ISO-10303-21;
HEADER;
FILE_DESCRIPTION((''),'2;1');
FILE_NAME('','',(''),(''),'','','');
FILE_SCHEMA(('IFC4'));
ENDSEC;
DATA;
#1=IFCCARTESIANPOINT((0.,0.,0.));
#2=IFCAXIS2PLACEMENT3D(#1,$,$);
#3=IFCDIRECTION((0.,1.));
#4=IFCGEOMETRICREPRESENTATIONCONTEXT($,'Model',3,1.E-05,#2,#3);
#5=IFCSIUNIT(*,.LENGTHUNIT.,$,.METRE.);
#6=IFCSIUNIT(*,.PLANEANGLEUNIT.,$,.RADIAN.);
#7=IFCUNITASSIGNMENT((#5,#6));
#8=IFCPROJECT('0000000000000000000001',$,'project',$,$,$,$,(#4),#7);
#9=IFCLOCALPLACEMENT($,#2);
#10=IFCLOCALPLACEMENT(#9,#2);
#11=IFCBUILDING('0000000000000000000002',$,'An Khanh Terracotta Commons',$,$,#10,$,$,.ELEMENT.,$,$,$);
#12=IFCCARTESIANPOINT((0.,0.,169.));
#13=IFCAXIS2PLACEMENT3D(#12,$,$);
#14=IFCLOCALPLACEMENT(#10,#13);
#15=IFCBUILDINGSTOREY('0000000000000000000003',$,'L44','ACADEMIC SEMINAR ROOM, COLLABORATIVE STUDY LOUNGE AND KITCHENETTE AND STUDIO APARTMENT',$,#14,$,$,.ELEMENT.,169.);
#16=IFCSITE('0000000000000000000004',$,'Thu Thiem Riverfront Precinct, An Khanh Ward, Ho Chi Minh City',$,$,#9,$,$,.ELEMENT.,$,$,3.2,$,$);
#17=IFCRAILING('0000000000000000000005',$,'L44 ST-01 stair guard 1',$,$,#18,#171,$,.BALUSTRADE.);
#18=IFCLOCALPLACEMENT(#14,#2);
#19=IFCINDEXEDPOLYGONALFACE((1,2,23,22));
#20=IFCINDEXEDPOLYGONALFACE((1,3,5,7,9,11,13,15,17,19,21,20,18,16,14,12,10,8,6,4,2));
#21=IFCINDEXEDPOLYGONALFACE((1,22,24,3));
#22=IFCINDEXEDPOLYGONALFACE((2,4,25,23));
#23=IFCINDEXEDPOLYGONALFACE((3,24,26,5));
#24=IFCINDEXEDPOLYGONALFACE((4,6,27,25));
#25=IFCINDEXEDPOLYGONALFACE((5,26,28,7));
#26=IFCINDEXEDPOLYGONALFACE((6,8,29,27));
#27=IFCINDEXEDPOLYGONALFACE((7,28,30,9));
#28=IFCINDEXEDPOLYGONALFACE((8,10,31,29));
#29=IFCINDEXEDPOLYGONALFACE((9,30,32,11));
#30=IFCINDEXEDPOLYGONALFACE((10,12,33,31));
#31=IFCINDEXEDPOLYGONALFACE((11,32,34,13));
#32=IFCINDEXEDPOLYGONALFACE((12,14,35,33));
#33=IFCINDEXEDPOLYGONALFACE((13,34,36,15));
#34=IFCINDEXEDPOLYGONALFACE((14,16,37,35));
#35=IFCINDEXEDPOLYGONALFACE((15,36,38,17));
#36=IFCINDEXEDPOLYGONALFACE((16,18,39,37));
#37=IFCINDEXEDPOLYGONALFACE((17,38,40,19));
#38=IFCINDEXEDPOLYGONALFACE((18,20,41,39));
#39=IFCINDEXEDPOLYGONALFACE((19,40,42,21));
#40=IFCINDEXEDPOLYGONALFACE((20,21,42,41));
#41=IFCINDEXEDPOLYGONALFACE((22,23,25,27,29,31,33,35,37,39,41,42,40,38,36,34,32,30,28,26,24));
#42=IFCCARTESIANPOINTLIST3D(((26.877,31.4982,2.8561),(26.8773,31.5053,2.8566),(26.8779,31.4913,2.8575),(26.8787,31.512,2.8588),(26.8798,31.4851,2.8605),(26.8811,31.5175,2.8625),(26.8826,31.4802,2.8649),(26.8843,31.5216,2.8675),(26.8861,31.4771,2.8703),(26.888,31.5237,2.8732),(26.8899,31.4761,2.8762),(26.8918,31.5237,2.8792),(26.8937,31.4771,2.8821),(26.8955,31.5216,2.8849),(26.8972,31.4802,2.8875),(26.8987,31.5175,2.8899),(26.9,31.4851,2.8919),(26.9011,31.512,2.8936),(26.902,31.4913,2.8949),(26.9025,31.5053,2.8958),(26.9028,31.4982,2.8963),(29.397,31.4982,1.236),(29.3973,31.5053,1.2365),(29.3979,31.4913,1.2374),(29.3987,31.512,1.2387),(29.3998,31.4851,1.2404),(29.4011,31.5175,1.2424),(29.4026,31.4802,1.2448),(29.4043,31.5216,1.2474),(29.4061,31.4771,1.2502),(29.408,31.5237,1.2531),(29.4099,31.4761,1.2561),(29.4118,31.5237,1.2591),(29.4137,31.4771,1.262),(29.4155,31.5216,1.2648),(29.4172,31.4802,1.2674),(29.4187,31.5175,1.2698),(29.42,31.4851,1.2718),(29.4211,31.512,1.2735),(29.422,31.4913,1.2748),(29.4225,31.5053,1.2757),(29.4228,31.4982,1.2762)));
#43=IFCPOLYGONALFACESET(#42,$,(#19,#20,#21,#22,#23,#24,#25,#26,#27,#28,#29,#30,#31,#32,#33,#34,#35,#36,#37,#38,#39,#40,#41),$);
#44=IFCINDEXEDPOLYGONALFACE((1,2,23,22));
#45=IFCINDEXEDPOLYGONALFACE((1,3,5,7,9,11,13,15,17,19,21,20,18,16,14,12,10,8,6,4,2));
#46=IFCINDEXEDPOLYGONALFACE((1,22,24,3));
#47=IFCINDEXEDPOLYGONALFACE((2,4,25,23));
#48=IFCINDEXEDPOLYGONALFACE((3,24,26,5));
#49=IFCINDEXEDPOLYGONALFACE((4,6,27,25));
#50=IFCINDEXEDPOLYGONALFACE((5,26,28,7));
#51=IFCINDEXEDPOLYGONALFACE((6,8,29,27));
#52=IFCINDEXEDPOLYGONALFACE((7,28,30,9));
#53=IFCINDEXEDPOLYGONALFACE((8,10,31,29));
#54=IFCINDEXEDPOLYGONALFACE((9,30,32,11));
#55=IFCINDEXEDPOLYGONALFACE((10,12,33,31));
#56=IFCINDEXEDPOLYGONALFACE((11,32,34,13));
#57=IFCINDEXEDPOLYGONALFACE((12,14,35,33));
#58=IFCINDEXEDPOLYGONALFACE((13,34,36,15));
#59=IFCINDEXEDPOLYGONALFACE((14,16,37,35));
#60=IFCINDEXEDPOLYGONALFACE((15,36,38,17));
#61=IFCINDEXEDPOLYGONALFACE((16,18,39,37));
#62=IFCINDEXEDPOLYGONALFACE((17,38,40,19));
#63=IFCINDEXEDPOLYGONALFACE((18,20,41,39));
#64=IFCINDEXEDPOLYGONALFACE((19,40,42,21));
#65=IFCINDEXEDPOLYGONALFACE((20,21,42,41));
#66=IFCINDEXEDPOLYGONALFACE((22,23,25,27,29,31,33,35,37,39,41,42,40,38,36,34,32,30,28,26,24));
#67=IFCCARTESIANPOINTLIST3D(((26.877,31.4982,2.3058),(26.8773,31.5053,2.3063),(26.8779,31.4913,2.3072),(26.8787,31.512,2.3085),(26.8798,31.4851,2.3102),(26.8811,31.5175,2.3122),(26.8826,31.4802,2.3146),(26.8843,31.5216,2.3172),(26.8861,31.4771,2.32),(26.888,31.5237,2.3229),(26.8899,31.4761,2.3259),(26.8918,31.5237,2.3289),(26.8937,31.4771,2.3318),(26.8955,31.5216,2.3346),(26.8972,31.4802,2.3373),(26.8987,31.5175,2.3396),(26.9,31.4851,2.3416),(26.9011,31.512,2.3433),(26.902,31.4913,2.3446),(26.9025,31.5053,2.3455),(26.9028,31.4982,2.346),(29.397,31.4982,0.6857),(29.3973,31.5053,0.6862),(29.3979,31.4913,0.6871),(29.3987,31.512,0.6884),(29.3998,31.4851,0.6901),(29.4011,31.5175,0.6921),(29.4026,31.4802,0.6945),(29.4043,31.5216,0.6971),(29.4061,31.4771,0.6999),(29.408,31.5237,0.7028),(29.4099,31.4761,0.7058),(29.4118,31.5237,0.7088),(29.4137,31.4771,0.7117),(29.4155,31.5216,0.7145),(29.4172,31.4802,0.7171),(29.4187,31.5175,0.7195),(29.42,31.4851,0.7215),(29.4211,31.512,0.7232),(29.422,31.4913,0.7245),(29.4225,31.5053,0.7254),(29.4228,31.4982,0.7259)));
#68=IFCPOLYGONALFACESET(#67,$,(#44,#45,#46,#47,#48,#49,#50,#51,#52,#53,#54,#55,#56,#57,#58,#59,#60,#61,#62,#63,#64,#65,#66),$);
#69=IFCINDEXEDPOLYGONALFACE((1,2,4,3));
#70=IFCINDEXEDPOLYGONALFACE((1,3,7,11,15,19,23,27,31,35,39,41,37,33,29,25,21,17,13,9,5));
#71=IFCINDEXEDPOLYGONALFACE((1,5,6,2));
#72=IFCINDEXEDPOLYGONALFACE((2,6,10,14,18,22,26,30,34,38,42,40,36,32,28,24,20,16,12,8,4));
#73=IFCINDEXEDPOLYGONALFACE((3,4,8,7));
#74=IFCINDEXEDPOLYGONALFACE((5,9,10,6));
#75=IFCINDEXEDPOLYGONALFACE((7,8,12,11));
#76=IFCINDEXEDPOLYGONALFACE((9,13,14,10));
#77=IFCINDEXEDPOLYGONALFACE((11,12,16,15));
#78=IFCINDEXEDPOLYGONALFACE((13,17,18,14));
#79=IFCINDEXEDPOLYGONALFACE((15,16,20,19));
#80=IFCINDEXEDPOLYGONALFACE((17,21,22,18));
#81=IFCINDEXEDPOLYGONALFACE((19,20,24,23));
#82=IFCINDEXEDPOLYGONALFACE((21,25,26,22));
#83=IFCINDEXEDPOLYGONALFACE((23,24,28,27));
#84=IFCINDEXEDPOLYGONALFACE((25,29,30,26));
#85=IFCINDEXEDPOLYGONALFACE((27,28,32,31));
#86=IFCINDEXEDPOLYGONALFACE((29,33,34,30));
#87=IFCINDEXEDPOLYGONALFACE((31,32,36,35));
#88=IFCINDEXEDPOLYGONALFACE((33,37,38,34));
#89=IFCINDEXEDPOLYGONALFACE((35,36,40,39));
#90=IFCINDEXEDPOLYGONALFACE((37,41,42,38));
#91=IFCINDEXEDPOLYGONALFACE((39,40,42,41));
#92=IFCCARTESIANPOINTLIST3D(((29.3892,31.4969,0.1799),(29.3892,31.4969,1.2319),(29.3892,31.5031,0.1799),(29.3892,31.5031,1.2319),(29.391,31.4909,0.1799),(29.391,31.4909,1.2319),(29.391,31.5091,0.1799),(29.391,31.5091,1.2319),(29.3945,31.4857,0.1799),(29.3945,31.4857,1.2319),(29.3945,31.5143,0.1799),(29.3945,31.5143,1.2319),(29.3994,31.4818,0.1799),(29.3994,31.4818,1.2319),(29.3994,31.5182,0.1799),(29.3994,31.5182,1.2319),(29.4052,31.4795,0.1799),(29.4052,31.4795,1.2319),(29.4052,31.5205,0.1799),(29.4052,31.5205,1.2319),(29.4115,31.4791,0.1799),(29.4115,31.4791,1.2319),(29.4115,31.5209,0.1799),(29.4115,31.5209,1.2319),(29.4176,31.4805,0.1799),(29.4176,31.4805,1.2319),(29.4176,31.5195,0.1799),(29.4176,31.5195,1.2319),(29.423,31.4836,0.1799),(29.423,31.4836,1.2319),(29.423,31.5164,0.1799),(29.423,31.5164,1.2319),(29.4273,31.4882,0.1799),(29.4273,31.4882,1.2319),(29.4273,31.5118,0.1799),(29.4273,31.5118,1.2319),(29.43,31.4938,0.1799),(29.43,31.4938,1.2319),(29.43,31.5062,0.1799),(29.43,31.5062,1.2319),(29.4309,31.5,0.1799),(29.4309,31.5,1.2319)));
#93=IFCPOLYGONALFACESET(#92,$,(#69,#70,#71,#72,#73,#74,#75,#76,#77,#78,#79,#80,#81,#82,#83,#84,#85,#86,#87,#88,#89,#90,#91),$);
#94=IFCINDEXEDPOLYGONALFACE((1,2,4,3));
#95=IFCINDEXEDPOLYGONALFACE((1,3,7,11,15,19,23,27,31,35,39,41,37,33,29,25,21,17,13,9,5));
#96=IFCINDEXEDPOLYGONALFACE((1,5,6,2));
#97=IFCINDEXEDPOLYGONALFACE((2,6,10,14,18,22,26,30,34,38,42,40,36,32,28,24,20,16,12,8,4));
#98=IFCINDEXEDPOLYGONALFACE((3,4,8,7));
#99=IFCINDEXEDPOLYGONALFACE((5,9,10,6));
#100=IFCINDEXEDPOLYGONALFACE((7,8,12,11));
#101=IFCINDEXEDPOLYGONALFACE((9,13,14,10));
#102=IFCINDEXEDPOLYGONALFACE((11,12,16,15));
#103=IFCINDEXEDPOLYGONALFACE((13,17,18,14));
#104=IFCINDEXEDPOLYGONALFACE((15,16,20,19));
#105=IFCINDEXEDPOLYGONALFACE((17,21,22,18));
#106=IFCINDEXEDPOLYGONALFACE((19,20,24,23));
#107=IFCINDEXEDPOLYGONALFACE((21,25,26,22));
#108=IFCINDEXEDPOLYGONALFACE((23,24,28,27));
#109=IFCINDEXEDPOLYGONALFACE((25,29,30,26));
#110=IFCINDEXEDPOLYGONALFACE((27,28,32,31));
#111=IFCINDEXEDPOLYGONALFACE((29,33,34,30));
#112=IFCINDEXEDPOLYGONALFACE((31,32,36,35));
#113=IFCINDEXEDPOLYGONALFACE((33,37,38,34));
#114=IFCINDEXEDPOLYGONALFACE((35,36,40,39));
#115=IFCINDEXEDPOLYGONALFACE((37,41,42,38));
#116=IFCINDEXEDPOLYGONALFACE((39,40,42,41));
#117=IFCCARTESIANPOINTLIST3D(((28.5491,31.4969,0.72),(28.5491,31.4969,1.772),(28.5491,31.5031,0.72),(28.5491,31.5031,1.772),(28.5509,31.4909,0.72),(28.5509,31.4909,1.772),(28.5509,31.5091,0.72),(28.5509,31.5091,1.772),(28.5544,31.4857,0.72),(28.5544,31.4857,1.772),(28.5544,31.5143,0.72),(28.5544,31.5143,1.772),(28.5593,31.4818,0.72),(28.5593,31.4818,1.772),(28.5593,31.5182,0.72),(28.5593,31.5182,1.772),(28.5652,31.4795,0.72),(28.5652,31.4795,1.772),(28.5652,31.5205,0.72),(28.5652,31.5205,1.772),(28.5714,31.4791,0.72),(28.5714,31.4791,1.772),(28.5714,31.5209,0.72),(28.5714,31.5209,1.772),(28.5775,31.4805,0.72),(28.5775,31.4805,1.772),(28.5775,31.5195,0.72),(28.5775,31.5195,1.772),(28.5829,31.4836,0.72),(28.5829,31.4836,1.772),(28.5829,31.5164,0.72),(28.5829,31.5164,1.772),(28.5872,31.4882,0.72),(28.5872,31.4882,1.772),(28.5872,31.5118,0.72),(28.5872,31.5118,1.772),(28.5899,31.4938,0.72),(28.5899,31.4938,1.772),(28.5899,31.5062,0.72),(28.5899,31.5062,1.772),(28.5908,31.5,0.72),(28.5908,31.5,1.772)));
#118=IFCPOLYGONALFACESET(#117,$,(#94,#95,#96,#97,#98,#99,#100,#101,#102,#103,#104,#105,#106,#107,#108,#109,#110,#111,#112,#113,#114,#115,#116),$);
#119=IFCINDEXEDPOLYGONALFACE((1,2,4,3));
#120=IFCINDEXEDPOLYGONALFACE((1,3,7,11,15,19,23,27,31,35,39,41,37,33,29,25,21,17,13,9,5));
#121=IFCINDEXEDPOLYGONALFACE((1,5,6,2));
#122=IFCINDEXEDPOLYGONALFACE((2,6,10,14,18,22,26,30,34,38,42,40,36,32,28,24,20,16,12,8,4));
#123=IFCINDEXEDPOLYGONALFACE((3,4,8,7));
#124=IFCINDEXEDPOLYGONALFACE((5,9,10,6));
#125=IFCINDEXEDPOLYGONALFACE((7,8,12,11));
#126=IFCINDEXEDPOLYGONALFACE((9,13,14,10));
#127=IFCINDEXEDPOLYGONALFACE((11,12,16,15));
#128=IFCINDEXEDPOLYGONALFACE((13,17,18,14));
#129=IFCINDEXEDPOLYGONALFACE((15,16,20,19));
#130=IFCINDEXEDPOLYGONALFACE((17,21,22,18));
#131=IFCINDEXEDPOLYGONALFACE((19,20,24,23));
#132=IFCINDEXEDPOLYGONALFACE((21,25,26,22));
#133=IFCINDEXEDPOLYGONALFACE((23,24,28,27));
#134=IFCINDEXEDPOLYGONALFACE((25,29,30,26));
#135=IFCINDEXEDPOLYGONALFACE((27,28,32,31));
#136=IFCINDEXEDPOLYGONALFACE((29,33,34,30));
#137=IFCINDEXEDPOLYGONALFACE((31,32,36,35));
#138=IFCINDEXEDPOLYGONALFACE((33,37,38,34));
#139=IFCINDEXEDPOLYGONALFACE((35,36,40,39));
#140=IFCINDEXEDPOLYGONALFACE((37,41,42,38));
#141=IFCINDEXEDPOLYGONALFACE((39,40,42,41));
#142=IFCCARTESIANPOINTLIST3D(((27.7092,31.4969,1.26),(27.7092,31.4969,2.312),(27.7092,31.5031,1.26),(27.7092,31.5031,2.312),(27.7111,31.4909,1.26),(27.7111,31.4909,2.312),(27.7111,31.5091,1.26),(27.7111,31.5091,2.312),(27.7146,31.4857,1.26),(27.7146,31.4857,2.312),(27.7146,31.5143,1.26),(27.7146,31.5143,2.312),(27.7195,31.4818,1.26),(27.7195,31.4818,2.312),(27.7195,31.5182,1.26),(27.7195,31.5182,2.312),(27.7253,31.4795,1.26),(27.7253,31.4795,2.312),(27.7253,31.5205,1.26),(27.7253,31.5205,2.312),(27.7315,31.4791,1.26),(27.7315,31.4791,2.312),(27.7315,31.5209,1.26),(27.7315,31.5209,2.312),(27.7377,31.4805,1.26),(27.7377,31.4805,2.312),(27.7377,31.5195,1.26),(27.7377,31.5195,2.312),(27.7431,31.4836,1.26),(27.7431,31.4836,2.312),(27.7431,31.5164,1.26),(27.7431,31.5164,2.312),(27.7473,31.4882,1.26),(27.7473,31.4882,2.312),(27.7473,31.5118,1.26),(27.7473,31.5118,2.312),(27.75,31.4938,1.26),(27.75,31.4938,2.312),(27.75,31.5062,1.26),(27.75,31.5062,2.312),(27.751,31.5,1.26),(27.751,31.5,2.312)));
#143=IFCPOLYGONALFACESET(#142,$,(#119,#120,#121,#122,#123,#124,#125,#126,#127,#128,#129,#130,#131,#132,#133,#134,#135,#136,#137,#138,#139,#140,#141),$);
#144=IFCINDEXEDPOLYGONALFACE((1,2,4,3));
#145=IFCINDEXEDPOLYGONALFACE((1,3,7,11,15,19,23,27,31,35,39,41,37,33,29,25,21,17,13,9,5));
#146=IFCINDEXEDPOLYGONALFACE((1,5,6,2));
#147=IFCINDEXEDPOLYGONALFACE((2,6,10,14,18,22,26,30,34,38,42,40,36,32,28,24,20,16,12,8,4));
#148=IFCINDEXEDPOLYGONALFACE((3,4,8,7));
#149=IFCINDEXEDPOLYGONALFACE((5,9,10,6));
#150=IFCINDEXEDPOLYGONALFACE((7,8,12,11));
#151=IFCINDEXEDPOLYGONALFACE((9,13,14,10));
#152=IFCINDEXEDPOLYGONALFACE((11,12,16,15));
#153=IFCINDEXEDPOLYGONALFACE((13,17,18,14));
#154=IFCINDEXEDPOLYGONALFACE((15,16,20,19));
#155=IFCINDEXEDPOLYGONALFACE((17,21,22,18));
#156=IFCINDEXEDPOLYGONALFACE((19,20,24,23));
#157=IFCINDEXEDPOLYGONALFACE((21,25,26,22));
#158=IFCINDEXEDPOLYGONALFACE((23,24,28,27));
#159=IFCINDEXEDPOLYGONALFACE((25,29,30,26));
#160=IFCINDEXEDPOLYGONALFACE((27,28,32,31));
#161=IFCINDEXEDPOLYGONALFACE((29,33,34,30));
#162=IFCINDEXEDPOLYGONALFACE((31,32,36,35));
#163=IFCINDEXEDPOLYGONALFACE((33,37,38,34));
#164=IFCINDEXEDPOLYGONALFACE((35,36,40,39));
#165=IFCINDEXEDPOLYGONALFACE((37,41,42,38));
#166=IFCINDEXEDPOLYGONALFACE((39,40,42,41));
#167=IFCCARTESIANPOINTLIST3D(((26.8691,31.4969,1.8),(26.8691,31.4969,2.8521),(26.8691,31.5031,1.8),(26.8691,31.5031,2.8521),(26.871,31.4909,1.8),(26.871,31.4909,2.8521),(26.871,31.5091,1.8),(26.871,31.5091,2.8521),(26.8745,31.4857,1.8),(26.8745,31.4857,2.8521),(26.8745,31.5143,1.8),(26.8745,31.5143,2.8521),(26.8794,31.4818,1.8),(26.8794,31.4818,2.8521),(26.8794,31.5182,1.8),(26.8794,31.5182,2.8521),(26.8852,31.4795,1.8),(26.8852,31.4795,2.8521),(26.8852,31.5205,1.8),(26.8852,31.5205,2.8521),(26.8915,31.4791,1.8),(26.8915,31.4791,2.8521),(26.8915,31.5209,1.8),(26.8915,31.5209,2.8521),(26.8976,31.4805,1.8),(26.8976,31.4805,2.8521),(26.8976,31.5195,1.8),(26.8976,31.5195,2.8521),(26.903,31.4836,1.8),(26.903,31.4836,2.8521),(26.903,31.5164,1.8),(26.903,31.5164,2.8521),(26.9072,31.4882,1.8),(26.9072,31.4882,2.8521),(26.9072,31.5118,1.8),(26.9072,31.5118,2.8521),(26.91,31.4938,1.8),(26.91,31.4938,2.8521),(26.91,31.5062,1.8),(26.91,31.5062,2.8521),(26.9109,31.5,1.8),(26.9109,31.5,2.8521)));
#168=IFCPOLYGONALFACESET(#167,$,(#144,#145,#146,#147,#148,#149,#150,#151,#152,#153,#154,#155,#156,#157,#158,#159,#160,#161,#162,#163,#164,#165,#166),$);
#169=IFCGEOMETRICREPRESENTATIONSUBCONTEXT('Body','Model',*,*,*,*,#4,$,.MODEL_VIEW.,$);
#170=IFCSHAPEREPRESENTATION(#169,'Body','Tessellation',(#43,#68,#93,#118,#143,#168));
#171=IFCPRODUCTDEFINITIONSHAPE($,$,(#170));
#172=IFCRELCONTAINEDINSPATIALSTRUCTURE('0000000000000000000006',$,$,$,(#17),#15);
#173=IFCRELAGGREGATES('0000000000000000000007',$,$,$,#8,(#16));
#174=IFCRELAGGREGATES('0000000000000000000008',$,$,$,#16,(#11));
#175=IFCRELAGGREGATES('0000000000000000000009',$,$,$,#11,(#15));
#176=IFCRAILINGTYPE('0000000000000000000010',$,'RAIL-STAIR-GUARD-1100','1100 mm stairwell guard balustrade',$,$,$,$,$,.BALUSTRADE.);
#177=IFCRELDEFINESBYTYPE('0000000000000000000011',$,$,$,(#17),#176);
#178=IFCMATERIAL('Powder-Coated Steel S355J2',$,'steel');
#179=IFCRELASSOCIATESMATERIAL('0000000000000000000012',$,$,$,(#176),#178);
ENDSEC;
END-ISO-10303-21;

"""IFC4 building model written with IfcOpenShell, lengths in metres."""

from ifc_helpers import new_model, si_unit, direction, frame, origin, origin_2d, place, context, subcontext, project, spatial, circle, extrude, material, type_object, element, save


model = new_model("IFC4")

# Units and contexts
model_context = context("Model", 3, precision=1e-05, world=origin(), true_north=direction((0.0, 1.0)))
body_context = subcontext(model_context, "Body", "Model", "MODEL_VIEW")
ifc_project = project(units=[si_unit("LENGTHUNIT", "METRE"), si_unit("PLANEANGLEUNIT", "RADIAN")], contexts=[model_context])

# Site, building, storey
site_placement = place(None, origin())
site = spatial("IfcSite", under=ifc_project, at=site_placement, Name="Thu Thiem Riverfront Precinct, An Khanh Ward, Ho Chi Minh City", CompositionType="ELEMENT", RefElevation=3.2)
building_placement = place(site_placement, origin())
building = spatial("IfcBuilding", under=site, at=building_placement, Name="An Khanh Terracotta Commons", CompositionType="ELEMENT")
storey_placement = place(building_placement, frame((0.0, 0.0, 169.0)))
storey = spatial("IfcBuildingStorey", under=building, at=storey_placement, Name="L44", Description="ACADEMIC SEMINAR ROOM, COLLABORATIVE STUDY LOUNGE AND KITCHENETTE AND STUDIO APARTMENT", CompositionType="ELEMENT", Elevation=169.0)

# Railing
ifc_material_1 = material(Name="Powder-Coated Steel S355J2", Category="steel")
railing_type_1 = type_object("IfcRailingType", Name="RAIL-STAIR-GUARD-1100", Description="1100 mm stairwell guard balustrade", PredefinedType="BALUSTRADE", material=ifc_material_1)
railing_1_placement = place(storey_placement, frame((29.4099, 31.5, 0.1799)))
element("IfcRailing", 1, at=railing_1_placement, inside=storey, type_object=railing_type_1, Name="L44 ST-01 stair guard 1", PredefinedType="BALUSTRADE", context=body_context, shape_type="SweptSolid", body=[
    extrude(circle(Radius=0.0239, at=origin_2d()), frame((0.0, 0.0, 1.0762), z_axis=(-0.841163, 0.0, 0.540782), x_axis=(0.0, -1.0, 0.0)), (0.0, 0.0, 1.0), 2.9958),
    extrude(circle(Radius=0.0239, at=origin_2d()), frame((0.0, 0.0, 0.5259), z_axis=(-0.841163, 0.0, 0.540782), x_axis=(0.0, -1.0, 0.0)), (0.0, 0.0, 1.0), 2.9958),
    extrude(circle(Radius=0.021, at=origin_2d()), origin(), (0.0, 0.0, 1.0), 1.052),
    extrude(circle(Radius=0.021, at=origin_2d()), frame((-0.8401, 0.0, 0.54)), (0.0, 0.0, 1.0), 1.052),
    extrude(circle(Radius=0.021, at=origin_2d()), frame((-1.6799, 0.0, 1.0801)), (0.0, 0.0, 1.0), 1.052),
    extrude(circle(Radius=0.021, at=origin_2d()), frame((-2.52, 0.0, 1.6201)), (0.0, 0.0, 1.0), 1.052),
])

save(model, "model.ifc")
